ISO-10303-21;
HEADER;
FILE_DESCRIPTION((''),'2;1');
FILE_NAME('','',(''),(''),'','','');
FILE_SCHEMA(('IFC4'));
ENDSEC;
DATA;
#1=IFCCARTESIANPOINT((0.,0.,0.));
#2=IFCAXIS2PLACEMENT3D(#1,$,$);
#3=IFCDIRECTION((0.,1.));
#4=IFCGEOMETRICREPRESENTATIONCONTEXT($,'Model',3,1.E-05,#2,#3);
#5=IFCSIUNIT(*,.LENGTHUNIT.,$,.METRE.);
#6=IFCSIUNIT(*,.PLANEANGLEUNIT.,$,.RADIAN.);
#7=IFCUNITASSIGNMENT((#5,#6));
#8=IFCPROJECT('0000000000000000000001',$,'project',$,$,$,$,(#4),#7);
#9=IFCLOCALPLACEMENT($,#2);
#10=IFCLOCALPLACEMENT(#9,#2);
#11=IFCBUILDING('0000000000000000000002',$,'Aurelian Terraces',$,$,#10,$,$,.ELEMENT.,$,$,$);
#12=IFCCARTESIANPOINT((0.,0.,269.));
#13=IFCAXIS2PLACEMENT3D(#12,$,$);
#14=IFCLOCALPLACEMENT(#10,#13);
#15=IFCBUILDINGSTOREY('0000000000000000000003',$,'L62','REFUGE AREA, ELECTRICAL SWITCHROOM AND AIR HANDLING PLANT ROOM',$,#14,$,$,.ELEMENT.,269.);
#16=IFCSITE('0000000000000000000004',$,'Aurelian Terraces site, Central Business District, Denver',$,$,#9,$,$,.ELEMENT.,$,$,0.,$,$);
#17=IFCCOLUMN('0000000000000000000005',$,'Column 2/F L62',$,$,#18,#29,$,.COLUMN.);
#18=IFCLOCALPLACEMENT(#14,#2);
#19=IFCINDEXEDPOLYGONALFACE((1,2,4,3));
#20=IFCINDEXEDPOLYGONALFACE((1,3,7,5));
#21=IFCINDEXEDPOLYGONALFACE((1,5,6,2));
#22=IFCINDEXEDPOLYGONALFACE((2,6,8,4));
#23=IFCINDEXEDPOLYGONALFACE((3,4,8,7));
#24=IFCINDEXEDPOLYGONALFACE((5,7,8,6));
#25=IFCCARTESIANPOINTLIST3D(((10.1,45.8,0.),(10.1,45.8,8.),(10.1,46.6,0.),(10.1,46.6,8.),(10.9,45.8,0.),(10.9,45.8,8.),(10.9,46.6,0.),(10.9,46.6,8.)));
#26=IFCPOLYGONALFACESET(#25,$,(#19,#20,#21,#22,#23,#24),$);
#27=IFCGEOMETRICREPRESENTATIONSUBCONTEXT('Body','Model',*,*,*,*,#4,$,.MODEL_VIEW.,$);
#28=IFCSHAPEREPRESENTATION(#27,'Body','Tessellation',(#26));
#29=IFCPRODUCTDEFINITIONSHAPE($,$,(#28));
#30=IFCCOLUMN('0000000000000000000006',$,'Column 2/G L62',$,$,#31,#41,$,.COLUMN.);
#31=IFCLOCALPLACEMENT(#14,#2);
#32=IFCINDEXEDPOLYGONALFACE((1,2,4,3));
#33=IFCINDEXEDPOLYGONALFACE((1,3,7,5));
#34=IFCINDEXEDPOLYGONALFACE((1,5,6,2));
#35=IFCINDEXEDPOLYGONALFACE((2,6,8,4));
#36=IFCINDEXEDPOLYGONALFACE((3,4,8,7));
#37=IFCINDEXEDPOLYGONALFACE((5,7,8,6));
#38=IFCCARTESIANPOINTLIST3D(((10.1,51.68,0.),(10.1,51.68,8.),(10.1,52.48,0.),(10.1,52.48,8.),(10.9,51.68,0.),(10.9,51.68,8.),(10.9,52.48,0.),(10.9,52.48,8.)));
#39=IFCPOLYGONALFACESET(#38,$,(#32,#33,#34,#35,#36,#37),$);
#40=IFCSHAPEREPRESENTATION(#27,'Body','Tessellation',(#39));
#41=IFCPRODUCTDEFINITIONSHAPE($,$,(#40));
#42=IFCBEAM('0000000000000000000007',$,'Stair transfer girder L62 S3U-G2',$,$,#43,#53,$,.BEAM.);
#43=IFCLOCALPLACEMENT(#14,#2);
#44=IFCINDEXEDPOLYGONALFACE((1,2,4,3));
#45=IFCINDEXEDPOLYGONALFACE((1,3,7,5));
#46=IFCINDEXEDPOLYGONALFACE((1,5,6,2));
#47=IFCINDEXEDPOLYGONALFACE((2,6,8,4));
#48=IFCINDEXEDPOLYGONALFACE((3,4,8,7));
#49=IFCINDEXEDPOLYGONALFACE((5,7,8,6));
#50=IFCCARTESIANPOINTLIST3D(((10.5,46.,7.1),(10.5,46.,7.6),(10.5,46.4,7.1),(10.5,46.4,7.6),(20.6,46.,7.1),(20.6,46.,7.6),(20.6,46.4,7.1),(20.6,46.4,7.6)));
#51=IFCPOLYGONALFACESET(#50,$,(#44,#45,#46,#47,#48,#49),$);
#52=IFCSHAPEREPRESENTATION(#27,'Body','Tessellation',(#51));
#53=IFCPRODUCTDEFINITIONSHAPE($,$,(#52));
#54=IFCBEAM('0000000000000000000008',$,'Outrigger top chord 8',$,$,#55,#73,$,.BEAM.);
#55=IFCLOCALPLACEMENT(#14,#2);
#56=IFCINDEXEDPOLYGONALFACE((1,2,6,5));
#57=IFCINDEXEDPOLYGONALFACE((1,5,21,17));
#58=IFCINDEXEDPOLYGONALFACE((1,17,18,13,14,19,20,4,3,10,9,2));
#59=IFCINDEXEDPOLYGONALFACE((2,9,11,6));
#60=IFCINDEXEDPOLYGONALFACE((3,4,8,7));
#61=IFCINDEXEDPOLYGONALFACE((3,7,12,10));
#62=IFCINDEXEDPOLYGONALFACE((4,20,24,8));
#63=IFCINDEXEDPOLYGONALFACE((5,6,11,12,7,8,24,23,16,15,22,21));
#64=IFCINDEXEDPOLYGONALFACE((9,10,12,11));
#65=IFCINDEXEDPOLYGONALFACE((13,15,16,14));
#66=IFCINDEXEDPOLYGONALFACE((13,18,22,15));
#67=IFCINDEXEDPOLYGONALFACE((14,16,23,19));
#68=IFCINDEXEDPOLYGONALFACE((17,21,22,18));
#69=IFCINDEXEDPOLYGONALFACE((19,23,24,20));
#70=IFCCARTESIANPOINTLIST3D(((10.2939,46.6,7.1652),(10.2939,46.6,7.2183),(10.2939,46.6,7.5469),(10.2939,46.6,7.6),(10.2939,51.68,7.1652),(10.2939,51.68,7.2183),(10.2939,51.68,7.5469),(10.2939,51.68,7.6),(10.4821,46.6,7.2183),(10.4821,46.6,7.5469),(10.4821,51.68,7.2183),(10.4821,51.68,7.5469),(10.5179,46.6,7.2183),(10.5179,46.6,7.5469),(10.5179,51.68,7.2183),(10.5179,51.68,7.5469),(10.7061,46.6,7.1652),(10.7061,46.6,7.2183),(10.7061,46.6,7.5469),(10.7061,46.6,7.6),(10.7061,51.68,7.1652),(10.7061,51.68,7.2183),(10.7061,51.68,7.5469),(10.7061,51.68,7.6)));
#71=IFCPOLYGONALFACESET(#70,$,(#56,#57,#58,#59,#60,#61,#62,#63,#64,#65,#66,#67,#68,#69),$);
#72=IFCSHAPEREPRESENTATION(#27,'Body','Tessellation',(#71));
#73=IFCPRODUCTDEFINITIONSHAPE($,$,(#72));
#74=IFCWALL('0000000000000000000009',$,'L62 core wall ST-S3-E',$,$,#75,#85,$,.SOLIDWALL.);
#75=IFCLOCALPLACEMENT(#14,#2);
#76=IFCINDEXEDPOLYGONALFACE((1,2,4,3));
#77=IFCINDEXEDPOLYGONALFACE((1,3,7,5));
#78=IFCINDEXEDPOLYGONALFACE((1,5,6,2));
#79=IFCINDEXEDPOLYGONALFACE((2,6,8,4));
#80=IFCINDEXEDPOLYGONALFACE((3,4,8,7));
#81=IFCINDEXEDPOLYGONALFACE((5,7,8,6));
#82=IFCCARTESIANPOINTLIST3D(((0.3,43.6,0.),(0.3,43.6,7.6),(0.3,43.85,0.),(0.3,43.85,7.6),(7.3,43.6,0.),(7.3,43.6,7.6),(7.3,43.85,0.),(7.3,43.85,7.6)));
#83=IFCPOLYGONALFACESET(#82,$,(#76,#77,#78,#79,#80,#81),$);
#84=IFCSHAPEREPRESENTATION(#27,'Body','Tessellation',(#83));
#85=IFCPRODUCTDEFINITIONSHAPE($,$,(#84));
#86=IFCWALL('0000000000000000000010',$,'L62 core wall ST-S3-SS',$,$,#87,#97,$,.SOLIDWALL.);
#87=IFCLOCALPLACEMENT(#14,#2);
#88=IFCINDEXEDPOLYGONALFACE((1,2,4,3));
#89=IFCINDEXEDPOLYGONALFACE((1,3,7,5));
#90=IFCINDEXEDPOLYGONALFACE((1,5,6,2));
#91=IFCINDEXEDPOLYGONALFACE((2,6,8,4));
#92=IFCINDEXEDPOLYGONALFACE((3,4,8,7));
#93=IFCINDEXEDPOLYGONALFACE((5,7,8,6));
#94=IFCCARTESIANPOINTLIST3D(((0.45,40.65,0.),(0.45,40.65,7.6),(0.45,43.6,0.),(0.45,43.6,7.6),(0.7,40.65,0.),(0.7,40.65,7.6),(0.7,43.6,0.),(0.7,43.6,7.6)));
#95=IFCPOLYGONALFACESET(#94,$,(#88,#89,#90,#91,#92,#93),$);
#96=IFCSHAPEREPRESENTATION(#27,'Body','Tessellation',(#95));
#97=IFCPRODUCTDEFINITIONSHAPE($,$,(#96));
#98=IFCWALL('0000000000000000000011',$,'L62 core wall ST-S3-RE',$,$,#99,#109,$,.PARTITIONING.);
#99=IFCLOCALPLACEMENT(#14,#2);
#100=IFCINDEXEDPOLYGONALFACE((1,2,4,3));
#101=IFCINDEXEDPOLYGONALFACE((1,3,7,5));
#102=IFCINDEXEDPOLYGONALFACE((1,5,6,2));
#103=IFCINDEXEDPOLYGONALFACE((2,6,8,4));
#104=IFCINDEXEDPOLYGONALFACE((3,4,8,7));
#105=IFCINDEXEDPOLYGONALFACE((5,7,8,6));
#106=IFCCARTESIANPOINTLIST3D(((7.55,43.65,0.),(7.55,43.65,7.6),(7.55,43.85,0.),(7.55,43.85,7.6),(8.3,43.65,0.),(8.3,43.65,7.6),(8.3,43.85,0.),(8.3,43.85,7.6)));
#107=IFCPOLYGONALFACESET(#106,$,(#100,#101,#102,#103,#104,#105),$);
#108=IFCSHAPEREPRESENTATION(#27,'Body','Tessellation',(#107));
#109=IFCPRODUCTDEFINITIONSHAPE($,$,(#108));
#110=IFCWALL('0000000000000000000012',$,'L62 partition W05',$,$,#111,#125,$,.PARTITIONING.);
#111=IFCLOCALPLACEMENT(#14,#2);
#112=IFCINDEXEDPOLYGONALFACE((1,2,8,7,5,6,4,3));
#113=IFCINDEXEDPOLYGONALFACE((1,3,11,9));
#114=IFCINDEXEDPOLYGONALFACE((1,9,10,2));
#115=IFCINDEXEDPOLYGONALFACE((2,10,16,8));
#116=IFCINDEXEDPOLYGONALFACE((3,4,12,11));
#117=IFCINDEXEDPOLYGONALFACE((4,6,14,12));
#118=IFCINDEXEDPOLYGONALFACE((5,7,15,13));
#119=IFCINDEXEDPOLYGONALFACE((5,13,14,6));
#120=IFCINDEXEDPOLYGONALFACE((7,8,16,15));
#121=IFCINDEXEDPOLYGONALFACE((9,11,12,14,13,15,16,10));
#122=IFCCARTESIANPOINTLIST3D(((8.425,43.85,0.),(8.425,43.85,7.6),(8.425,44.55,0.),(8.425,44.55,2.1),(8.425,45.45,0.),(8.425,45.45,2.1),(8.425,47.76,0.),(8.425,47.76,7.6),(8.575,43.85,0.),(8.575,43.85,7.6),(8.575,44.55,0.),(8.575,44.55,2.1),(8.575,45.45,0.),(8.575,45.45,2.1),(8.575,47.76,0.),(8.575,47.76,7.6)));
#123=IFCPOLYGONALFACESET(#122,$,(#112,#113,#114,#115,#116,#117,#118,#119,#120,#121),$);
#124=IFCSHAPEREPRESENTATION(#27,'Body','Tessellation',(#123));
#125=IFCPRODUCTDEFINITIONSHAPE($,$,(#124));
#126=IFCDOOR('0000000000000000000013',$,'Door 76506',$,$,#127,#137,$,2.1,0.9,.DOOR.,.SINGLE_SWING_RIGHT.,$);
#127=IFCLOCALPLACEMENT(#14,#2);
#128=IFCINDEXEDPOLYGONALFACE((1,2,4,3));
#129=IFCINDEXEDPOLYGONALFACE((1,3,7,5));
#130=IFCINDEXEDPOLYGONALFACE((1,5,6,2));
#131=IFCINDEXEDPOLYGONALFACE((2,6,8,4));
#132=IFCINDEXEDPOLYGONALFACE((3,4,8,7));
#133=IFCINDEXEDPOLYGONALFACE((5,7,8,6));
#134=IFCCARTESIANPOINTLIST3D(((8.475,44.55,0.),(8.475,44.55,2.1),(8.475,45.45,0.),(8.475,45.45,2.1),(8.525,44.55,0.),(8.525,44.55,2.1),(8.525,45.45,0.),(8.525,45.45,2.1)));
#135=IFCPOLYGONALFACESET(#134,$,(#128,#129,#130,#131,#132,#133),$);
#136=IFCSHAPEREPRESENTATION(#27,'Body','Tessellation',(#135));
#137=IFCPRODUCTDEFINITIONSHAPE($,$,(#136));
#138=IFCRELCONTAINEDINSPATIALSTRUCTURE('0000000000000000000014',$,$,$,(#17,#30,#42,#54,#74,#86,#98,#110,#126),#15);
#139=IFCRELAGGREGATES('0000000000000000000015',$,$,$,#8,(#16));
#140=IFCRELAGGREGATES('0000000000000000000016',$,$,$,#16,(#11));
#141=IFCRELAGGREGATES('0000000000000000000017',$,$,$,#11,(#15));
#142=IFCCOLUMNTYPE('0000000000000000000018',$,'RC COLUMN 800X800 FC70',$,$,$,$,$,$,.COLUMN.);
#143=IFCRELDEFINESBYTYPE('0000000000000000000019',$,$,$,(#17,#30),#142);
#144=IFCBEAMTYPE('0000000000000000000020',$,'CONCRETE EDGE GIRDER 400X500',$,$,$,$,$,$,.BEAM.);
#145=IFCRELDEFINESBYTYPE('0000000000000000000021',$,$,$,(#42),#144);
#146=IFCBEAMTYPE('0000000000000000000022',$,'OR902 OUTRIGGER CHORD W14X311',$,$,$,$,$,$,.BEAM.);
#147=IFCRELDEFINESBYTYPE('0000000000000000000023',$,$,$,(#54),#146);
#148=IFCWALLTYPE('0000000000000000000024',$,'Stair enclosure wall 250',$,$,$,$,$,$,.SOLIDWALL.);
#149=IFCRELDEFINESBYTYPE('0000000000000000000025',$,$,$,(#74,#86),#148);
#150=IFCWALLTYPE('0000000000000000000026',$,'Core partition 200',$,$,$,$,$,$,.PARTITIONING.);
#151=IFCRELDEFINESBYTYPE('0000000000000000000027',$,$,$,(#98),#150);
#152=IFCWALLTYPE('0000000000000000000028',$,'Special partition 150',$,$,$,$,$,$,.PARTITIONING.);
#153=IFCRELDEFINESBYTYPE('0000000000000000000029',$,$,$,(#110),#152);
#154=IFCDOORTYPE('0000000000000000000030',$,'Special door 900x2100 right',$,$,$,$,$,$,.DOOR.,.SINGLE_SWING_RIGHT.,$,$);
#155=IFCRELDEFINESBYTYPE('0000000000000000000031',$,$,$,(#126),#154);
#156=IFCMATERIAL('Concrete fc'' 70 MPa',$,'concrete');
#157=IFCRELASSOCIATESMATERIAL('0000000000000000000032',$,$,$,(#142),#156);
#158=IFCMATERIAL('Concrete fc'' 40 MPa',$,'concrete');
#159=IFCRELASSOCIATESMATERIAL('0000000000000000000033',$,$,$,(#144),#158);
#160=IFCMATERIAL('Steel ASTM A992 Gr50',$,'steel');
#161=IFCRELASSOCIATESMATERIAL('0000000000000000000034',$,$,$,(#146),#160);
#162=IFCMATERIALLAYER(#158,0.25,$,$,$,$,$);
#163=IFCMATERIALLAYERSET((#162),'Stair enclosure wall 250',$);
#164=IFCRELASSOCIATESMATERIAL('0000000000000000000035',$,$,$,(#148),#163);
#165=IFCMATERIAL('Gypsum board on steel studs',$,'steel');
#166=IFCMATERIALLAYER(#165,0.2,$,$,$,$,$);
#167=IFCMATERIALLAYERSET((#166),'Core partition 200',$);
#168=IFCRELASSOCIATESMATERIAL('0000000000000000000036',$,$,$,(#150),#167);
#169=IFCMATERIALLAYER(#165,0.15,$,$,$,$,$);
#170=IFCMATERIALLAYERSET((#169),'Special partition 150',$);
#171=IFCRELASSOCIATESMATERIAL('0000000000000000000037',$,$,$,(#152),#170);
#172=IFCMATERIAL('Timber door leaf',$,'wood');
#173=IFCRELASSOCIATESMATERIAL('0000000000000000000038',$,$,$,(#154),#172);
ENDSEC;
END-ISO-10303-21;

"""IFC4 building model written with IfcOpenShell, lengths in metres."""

from ifc_helpers import new_model, si_unit, direction, frame, frame_2d, origin, origin_2d, place, context, subcontext, project, spatial, rectangle, i_section, extrude, source, transform, mapped, material, layer, layer_set, material_profile, profile_set, type_object, element, fill, save


model = new_model("IFC4")

# Units and contexts
model_context = context("Model", 3, precision=1e-05, world=origin(), true_north=direction((0.0, 1.0)))
body_context = subcontext(model_context, "Body", "Model", "MODEL_VIEW")
ifc_project = project(units=[si_unit("LENGTHUNIT", "METRE"), si_unit("PLANEANGLEUNIT", "RADIAN")], contexts=[model_context])

# Site, building, storey
site_placement = place(None, origin())
site = spatial("IfcSite", under=ifc_project, at=site_placement, Name="Aurelian Terraces site, Central Business District, Denver", CompositionType="ELEMENT", RefElevation=0.0)
building_placement = place(site_placement, origin())
building = spatial("IfcBuilding", under=site, at=building_placement, Name="Aurelian Terraces", CompositionType="ELEMENT")
storey_placement = place(building_placement, frame((0.0, 0.0, 269.0)))
storey = spatial("IfcBuildingStorey", under=building, at=storey_placement, Name="L62", Description="REFUGE AREA, ELECTRICAL SWITCHROOM AND AIR HANDLING PLANT ROOM", CompositionType="ELEMENT", Elevation=269.0)

# Columns
ifc_material_1 = material(Name="Concrete fc' 70 MPa", Category="concrete")
ifc_material_profile_1 = material_profile(ifc_material_1, rectangle(XDim=0.8, YDim=0.8, at=origin_2d()))
ifc_profile_set_1 = profile_set([ifc_material_profile_1], Name="Concrete fc' 70 MPa")
column_type = type_object("IfcColumnType", Name="RC COLUMN 800X800 FC70", PredefinedType="COLUMN", material=ifc_profile_set_1)
shared_shape_1 = source(origin(), body_context, "Body", "SweptSolid", [
    extrude(rectangle(XDim=0.8, YDim=0.8, at=origin_2d()), origin(), (0.0, 0.0, 1.0), 8.0),
])
for number, where, z_axis, x_axis, name in (
    (1, (10.5, 46.2, 0.0), (0.0, 0.0, 1.0), (1.0, 0.0, 0.0), "Column 2/F L62"),
    (2, (10.5, 52.08, 0.0), (0.0, 0.0, 1.0), (1.0, 0.0, 0.0), "Column 2/G L62"),
):
    element("IfcColumn", number, at=place(storey_placement, frame(where, z_axis=z_axis, x_axis=x_axis)), inside=storey, type_object=column_type, Name=name, PredefinedType="COLUMN", context=body_context, shape_type="MappedRepresentation", body=[
        mapped(shared_shape_1, transform((0.0, 0.0, 0.0), scale=1.0)),
    ])

# Beams
ifc_material_2 = material(Name="Concrete fc' 40 MPa", Category="concrete")
ifc_material_profile_2 = material_profile(ifc_material_2, rectangle(XDim=0.4, YDim=0.5, at=origin_2d()))
ifc_profile_set_2 = profile_set([ifc_material_profile_2], Name="Concrete fc' 40 MPa")
beam_type_1 = type_object("IfcBeamType", Name="CONCRETE EDGE GIRDER 400X500", PredefinedType="BEAM", material=ifc_profile_set_2)
shared_shape_2 = source(origin(), body_context, "Body", "SweptSolid", [
    extrude(rectangle(XDim=0.4, YDim=0.5, at=origin_2d()), origin(), (0.0, 0.0, 1.0), 10.1),
])
beam_1_placement = place(storey_placement, frame((10.5, 46.2, 7.35), z_axis=(1.0, 0.0, 0.0), x_axis=(0.0, 1.0, 0.0)))
element("IfcBeam", 3, at=beam_1_placement, inside=storey, type_object=beam_type_1, Name="Stair transfer girder L62 S3U-G2", PredefinedType="BEAM", context=body_context, shape_type="MappedRepresentation", body=[
    mapped(shared_shape_2, transform((0.0, 0.0, 0.0), scale=1.0)),
])
ifc_material_3 = material(Name="Steel ASTM A992 Gr50", Category="steel")
ifc_material_profile_3 = material_profile(ifc_material_3, i_section(OverallWidth=0.4122, OverallDepth=0.4348, WebThickness=0.0358, FlangeThickness=0.0531, at=origin_2d()))
ifc_profile_set_3 = profile_set([ifc_material_profile_3], Name="Steel ASTM A992 Gr50")
beam_type_2 = type_object("IfcBeamType", Name="OR902 OUTRIGGER CHORD W14X311", PredefinedType="BEAM", material=ifc_profile_set_3)
shared_shape_3 = source(origin(), body_context, "Body", "SweptSolid", [
    extrude(i_section(OverallWidth=0.4122, OverallDepth=0.4348, WebThickness=0.0358, FlangeThickness=0.0531, at=origin_2d()), origin(), (0.0, 0.0, 1.0), 5.08),
])
beam_2_placement = place(storey_placement, frame((10.5, 46.6, 7.3826), z_axis=(0.0, 1.0, 0.0), x_axis=(-1.0, 0.0, 0.0)))
element("IfcBeam", 4, at=beam_2_placement, inside=storey, type_object=beam_type_2, Name="Outrigger top chord 8", PredefinedType="BEAM", context=body_context, shape_type="MappedRepresentation", body=[
    mapped(shared_shape_3, transform((0.0, 0.0, 0.0), scale=1.0)),
])

# Walls
ifc_layer_1 = layer(ifc_material_2, 0.25)
ifc_layer_set_1 = layer_set([ifc_layer_1], Name="Stair enclosure wall 250")
wall_type_1 = type_object("IfcWallType", Name="Stair enclosure wall 250", PredefinedType="SOLIDWALL", material=ifc_layer_set_1)
shared_shape_4 = source(origin(), body_context, "Body", "SweptSolid", [
    extrude(rectangle(XDim=7.0, YDim=0.25, at=frame_2d((3.5, 0.0))), origin(), (0.0, 0.0, 1.0), 7.6),
])
wall_1_placement = place(storey_placement, frame((0.3, 43.725, 0.0), z_axis=(0.0, 0.0, 1.0), x_axis=(1.0, 0.0, 0.0)))
element("IfcWall", 5, at=wall_1_placement, inside=storey, type_object=wall_type_1, Name="L62 core wall ST-S3-E", PredefinedType="SOLIDWALL", context=body_context, shape_type="MappedRepresentation", body=[
    mapped(shared_shape_4, transform((0.0, 0.0, 0.0), scale=1.0)),
])
shared_shape_5 = source(origin(), body_context, "Body", "SweptSolid", [
    extrude(rectangle(XDim=2.95, YDim=0.25, at=frame_2d((1.475, 0.0))), origin(), (0.0, 0.0, 1.0), 7.6),
])
wall_2_placement = place(storey_placement, frame((0.575, 40.65, 0.0), z_axis=(0.0, 0.0, 1.0), x_axis=(0.0, 1.0, 0.0)))
element("IfcWall", 6, at=wall_2_placement, inside=storey, type_object=wall_type_1, Name="L62 core wall ST-S3-SS", PredefinedType="SOLIDWALL", context=body_context, shape_type="MappedRepresentation", body=[
    mapped(shared_shape_5, transform((0.0, 0.0, 0.0), scale=1.0)),
])
ifc_material_4 = material(Name="Gypsum board on steel studs", Category="steel")
ifc_layer_2 = layer(ifc_material_4, 0.2)
ifc_layer_set_2 = layer_set([ifc_layer_2], Name="Core partition 200")
wall_type_2 = type_object("IfcWallType", Name="Core partition 200", PredefinedType="PARTITIONING", material=ifc_layer_set_2)
shared_shape_6 = source(origin(), body_context, "Body", "SweptSolid", [
    extrude(rectangle(XDim=0.75, YDim=0.2, at=frame_2d((0.375, 0.0))), origin(), (0.0, 0.0, 1.0), 7.6),
])
wall_3_placement = place(storey_placement, frame((7.55, 43.75, 0.0), z_axis=(0.0, 0.0, 1.0), x_axis=(1.0, 0.0, 0.0)))
element("IfcWall", 7, at=wall_3_placement, inside=storey, type_object=wall_type_2, Name="L62 core wall ST-S3-RE", PredefinedType="PARTITIONING", context=body_context, shape_type="MappedRepresentation", body=[
    mapped(shared_shape_6, transform((0.0, 0.0, 0.0), scale=1.0)),
])

# Wall, opening, door
ifc_layer_3 = layer(ifc_material_4, 0.15)
ifc_layer_set_3 = layer_set([ifc_layer_3], Name="Special partition 150")
wall_type_3 = type_object("IfcWallType", Name="Special partition 150", PredefinedType="PARTITIONING", material=ifc_layer_set_3)
shared_shape_7 = source(origin(), body_context, "Body", "SweptSolid", [
    extrude(rectangle(XDim=3.91, YDim=0.15, at=frame_2d((1.955, 0.0))), origin(), (0.0, 0.0, 1.0), 7.6),
])
wall_4_placement = place(storey_placement, frame((8.5, 43.85, 0.0), z_axis=(0.0, 0.0, 1.0), x_axis=(0.0, 1.0, 0.0)))
wall_4 = element("IfcWall", 8, at=wall_4_placement, inside=storey, type_object=wall_type_3, Name="L62 partition W05", PredefinedType="PARTITIONING", context=body_context, shape_type="MappedRepresentation", body=[
    mapped(shared_shape_7, transform((0.0, 0.0, 0.0), scale=1.0)),
])
shared_shape_8 = source(origin(), body_context, "Body", "SweptSolid", [
    extrude(rectangle(XDim=0.9, YDim=2.1, at=frame_2d((0.45, 1.05))), frame((0.0, 0.085, 0.0), z_axis=(0.0, -1.0, 0.0), x_axis=(1.0, 0.0, 0.0)), (0.0, 0.0, 1.0), 0.17),
])
opening_placement = place(wall_4_placement, frame((0.7, 0.0, 0.0)))
opening = element("IfcOpeningElement", 9, at=opening_placement, cuts=wall_4, PredefinedType="OPENING", context=body_context, shape_type="MappedRepresentation", body=[
    mapped(shared_shape_8, transform((0.0, 0.0, 0.0), scale=1.0)),
])
ifc_material_5 = material(Name="Timber door leaf", Category="wood")
door_type = type_object("IfcDoorType", Name="Special door 900x2100 right", OperationType="SINGLE_SWING_RIGHT", PredefinedType="DOOR", material=ifc_material_5)
shared_shape_9 = source(origin(), body_context, "Body", "SweptSolid", [
    extrude(rectangle(XDim=0.9, YDim=2.1, at=frame_2d((0.45, 1.05))), frame((0.0, 0.025, 0.0), z_axis=(0.0, -1.0, 0.0), x_axis=(1.0, 0.0, 0.0)), (0.0, 0.0, 1.0), 0.05),
])
door_placement = place(opening_placement, origin())
door = element("IfcDoor", 10, at=door_placement, inside=storey, type_object=door_type, Name="Door 76506", OperationType="SINGLE_SWING_RIGHT", OverallHeight=2.1, OverallWidth=0.9, PredefinedType="DOOR", context=body_context, shape_type="MappedRepresentation", body=[
    mapped(shared_shape_9, transform((0.0, 0.0, 0.0), scale=1.0)),
])
fill(opening, door)

save(model, "model.ifc")
